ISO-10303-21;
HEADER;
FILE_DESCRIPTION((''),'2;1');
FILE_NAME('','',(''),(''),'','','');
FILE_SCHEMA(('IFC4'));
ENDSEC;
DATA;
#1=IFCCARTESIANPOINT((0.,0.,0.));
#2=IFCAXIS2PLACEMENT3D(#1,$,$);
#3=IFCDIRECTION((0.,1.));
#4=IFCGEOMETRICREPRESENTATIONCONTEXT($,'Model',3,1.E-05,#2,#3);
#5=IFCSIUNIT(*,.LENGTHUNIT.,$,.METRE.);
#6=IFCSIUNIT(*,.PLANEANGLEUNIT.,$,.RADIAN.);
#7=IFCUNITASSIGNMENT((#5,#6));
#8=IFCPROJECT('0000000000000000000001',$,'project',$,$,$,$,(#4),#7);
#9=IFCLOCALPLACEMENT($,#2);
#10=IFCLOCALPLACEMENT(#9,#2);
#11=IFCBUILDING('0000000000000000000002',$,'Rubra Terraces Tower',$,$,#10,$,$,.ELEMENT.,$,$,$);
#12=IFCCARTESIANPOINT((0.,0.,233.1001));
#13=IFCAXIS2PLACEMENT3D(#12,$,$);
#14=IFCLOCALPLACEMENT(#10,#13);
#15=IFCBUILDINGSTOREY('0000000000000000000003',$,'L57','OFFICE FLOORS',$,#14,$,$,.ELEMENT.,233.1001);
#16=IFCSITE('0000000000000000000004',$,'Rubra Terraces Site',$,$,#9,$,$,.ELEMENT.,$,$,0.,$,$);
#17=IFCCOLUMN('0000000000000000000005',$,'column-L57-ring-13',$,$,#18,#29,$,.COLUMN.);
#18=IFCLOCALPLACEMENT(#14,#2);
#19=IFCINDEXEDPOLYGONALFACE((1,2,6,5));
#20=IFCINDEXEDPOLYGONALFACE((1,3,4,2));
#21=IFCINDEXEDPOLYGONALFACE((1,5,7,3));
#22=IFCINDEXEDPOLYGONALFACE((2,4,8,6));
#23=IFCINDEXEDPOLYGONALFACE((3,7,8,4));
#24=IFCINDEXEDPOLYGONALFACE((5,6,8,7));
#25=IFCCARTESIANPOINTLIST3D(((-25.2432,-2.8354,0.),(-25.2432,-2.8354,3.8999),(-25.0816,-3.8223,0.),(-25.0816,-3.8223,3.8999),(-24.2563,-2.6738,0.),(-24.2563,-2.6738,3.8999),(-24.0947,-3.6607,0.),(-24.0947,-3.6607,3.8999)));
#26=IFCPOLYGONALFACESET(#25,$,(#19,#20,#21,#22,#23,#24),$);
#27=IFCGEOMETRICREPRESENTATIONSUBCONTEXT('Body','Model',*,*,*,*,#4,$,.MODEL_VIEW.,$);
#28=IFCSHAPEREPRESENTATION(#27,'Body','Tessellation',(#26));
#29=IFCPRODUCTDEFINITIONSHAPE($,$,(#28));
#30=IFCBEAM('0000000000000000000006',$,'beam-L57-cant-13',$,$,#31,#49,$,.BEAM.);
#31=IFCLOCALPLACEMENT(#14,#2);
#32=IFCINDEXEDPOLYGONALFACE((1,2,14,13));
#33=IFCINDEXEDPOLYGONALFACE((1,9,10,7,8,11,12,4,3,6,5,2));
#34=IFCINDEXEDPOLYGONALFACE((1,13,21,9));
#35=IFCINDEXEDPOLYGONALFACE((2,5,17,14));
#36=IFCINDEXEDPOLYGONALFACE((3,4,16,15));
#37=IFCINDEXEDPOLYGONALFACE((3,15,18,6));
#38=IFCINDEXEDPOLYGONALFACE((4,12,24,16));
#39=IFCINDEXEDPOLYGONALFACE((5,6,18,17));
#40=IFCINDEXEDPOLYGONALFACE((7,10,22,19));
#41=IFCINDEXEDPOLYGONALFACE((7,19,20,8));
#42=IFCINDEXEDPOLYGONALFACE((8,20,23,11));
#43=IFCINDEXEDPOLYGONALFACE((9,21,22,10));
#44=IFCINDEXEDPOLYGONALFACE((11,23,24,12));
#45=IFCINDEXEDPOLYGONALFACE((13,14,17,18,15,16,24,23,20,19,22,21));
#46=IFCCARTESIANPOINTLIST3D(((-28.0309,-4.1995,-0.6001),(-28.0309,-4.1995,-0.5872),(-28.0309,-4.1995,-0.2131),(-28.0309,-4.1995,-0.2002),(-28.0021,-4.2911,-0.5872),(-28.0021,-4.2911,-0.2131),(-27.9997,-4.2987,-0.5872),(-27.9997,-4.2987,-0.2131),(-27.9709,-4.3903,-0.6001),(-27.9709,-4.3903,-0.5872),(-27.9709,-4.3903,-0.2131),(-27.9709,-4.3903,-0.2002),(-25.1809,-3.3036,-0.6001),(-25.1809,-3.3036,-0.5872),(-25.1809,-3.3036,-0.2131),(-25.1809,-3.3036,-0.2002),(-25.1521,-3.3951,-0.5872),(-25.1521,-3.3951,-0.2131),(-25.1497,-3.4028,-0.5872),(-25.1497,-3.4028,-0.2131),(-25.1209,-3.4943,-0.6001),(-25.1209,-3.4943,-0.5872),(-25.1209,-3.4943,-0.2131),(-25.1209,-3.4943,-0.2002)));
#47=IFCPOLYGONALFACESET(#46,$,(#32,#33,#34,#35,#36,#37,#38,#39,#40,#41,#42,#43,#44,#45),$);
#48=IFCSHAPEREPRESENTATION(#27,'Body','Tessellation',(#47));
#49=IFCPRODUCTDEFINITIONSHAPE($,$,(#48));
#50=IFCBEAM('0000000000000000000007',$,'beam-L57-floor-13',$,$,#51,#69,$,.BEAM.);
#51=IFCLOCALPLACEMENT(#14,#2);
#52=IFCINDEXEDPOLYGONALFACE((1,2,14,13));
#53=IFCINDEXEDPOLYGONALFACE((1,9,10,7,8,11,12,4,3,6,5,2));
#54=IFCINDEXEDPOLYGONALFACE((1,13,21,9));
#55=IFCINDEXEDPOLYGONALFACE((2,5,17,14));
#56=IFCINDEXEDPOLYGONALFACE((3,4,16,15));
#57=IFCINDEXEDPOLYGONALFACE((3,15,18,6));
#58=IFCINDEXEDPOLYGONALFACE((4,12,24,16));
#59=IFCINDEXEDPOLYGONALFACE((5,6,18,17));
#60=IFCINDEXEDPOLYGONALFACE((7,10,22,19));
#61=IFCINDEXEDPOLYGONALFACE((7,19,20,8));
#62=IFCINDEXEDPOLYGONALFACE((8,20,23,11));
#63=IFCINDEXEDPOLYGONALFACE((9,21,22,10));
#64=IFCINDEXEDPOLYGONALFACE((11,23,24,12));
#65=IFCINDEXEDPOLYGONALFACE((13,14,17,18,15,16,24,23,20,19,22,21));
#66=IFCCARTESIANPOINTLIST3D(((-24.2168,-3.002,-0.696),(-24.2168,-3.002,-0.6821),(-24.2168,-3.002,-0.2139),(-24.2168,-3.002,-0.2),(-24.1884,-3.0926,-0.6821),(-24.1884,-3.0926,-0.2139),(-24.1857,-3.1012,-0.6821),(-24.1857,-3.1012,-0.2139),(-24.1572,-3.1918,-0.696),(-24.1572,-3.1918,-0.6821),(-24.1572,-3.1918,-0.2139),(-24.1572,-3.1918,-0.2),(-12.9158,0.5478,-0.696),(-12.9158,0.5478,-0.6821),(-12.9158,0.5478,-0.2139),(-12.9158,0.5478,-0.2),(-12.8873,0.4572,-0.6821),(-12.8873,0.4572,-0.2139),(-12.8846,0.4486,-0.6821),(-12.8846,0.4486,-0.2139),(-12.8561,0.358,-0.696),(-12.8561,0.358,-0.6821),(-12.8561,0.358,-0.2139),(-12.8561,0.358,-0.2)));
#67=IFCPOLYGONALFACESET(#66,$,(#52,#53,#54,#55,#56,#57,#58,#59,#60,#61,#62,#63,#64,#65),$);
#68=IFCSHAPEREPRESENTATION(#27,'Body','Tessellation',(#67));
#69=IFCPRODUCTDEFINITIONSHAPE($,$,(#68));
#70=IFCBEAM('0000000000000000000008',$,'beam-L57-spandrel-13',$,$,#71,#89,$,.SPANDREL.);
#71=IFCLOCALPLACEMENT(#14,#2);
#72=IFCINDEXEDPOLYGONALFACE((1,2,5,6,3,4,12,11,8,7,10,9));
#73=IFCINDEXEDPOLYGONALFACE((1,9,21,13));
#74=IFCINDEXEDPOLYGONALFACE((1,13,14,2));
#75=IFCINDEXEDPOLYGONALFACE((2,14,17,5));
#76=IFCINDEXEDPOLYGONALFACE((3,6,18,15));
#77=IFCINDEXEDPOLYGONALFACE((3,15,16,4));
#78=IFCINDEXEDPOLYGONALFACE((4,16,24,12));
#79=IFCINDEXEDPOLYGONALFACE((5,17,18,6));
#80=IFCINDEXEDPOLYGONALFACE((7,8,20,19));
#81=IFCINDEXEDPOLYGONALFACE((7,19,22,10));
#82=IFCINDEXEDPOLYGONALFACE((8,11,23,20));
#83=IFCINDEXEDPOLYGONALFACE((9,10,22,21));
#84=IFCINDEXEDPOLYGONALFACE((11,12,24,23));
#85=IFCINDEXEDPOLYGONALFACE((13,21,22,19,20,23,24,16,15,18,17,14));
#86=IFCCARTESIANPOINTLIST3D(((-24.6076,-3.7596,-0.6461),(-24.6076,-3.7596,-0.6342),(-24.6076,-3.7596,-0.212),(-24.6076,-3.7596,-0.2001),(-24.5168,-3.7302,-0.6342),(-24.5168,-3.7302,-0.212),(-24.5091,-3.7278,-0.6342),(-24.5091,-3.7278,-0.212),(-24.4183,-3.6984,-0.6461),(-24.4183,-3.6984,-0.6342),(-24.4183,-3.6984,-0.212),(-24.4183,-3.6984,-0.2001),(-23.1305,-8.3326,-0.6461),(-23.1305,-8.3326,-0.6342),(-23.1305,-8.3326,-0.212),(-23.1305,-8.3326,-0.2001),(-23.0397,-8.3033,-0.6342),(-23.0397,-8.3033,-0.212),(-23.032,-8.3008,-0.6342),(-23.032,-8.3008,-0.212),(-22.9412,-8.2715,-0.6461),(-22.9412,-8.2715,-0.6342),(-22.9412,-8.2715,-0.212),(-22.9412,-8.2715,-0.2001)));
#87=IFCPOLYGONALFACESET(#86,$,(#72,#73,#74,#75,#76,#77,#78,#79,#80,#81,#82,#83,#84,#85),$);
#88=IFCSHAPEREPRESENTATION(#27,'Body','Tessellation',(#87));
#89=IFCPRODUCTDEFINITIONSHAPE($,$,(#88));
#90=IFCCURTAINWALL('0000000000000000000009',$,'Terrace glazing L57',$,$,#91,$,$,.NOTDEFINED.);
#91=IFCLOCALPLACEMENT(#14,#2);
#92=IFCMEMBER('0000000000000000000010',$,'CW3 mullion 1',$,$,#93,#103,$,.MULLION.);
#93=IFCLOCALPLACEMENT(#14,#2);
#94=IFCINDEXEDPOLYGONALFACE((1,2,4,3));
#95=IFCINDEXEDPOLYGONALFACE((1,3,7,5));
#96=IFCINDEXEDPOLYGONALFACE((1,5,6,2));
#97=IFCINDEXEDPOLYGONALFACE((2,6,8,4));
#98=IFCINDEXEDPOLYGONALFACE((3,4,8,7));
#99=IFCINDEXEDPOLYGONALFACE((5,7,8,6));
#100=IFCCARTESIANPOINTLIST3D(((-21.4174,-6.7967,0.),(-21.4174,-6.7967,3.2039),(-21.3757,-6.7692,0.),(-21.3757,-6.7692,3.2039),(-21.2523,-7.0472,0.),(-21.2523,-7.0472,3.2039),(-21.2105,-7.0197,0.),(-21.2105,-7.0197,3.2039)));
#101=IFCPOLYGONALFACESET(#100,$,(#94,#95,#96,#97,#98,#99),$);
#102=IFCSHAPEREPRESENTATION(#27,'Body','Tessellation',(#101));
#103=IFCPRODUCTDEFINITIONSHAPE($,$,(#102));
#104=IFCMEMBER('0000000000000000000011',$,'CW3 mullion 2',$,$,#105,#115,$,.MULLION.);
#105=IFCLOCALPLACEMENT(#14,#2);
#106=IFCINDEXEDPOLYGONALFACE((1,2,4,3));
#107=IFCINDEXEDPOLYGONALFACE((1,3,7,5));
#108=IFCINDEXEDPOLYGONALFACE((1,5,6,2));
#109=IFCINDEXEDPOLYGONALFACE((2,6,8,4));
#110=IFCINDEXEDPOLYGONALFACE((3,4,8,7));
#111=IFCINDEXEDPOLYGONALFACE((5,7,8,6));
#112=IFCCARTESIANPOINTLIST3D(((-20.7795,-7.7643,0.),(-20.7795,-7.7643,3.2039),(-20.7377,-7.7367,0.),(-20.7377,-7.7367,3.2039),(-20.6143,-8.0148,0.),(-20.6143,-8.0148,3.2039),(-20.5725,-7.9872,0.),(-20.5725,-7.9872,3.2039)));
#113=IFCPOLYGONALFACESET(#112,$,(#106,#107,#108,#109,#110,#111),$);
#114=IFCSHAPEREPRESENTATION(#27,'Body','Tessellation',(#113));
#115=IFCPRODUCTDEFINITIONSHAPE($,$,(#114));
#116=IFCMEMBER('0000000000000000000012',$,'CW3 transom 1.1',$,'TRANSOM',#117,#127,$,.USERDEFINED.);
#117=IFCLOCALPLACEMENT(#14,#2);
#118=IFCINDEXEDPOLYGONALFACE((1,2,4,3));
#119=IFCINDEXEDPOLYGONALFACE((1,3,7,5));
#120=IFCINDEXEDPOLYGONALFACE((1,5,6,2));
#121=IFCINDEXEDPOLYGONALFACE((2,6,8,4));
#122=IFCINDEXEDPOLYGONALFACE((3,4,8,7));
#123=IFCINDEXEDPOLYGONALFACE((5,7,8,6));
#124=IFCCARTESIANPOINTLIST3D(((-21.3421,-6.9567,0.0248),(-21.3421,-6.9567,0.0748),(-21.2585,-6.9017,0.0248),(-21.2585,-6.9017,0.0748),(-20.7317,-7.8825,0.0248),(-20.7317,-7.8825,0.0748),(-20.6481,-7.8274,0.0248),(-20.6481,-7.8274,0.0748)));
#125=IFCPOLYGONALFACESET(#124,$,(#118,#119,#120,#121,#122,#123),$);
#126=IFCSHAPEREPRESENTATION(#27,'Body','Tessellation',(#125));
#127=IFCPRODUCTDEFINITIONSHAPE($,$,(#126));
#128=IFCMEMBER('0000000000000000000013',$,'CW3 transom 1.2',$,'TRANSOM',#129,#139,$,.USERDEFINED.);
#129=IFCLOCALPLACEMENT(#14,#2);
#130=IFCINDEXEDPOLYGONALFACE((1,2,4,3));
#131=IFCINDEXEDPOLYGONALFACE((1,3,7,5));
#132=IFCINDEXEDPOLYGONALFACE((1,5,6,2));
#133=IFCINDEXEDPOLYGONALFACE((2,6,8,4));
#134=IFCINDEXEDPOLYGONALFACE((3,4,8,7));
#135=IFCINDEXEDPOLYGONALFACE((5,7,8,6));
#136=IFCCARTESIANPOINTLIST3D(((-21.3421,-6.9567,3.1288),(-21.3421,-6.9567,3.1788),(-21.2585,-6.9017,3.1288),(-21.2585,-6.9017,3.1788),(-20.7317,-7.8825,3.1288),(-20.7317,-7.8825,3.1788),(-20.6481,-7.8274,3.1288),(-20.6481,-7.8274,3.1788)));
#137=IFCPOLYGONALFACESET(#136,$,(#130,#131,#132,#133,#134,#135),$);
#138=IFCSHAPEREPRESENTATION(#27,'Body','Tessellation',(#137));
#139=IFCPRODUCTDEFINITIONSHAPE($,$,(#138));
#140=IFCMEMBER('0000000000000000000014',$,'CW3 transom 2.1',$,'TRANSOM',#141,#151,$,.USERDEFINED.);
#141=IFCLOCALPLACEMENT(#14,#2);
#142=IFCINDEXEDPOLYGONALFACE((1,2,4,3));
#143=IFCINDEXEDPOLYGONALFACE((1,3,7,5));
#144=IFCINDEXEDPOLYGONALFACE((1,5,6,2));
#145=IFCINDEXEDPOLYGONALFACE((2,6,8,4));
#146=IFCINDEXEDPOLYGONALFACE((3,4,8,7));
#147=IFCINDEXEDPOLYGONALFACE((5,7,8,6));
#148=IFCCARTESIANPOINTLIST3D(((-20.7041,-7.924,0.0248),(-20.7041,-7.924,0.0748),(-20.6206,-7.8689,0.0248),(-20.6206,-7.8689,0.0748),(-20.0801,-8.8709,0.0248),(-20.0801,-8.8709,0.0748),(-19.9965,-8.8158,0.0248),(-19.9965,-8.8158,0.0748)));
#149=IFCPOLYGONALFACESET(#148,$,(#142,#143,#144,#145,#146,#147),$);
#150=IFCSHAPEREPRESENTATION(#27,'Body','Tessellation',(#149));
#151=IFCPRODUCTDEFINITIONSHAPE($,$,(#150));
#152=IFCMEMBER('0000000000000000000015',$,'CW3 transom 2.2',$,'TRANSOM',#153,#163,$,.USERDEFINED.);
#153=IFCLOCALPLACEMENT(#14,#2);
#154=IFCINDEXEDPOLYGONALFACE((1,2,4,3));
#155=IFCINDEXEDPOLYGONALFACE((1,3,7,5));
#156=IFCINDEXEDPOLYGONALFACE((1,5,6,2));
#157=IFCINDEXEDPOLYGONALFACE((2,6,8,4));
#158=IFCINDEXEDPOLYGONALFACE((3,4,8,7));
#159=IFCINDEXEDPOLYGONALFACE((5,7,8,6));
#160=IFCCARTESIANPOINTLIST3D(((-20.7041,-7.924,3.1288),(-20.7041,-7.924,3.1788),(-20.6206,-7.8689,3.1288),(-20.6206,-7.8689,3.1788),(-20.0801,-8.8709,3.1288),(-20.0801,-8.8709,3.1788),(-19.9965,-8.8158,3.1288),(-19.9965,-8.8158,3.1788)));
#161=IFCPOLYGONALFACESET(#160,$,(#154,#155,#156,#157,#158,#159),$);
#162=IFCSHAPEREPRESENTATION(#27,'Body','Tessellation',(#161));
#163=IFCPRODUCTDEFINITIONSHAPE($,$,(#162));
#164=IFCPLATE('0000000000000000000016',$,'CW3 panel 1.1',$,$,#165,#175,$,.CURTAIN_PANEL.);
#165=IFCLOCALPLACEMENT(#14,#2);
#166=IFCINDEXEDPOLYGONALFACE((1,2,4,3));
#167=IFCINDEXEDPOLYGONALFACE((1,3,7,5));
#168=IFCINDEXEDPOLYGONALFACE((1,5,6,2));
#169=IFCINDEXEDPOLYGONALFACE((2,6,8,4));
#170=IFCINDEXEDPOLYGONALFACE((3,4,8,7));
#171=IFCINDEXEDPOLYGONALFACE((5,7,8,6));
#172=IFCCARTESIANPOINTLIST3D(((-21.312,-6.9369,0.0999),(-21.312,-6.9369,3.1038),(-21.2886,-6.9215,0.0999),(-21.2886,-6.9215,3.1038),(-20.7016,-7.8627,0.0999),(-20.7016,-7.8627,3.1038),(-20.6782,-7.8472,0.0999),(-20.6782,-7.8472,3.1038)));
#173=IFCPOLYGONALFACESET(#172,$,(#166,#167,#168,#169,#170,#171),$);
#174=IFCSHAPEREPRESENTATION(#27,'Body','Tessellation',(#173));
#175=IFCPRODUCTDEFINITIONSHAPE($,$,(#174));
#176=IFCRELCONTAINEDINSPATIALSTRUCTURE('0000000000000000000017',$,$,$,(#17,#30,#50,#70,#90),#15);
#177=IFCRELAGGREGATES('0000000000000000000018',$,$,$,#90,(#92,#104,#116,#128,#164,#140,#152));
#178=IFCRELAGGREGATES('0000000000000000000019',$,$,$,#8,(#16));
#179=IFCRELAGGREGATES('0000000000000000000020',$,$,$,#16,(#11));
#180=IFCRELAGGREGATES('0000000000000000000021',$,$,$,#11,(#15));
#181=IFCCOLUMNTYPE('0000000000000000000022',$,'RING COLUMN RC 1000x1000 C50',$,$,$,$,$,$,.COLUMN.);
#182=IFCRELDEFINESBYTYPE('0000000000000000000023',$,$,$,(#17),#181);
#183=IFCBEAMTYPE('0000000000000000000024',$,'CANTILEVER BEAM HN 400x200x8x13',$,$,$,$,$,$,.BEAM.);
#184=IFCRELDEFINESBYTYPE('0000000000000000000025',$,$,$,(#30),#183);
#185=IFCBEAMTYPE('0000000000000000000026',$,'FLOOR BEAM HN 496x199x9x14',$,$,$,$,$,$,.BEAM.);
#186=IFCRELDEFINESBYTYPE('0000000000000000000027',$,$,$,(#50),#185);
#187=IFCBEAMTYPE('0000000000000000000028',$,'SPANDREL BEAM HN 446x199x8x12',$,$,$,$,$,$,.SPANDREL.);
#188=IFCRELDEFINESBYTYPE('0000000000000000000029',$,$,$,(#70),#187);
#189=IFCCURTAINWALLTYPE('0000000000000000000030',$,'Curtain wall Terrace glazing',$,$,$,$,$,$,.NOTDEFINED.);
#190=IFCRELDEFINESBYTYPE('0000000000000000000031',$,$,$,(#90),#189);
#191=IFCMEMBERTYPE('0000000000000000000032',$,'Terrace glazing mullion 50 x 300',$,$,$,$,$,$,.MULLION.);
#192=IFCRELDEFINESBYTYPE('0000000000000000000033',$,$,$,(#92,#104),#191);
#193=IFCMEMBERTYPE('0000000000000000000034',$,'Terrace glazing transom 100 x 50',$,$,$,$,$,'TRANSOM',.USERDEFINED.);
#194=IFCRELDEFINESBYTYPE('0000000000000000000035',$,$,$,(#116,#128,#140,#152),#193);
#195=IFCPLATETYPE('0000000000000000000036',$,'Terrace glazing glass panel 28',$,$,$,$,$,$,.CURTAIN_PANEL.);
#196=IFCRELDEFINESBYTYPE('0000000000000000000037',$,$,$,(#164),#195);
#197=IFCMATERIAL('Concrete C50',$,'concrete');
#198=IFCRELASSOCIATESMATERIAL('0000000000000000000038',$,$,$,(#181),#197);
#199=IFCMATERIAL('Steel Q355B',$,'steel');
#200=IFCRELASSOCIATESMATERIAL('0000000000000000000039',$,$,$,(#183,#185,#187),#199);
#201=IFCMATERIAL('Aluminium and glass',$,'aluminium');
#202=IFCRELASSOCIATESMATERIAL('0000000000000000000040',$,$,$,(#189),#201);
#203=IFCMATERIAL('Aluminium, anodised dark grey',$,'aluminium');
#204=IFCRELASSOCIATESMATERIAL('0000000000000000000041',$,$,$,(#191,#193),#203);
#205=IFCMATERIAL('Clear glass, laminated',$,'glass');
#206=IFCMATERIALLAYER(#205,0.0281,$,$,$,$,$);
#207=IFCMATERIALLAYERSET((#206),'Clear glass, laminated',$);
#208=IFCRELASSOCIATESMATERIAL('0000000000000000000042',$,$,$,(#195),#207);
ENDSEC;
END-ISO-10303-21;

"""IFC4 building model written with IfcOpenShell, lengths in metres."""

from ifc_helpers import new_model, si_unit, direction, frame, origin, origin_2d, place, context, subcontext, project, spatial, rectangle, i_section, extrude, material, layer, layer_set, material_profile, profile_set, type_object, element, aggregate, save


model = new_model("IFC4")

# Units and contexts
model_context = context("Model", 3, precision=1e-05, world=origin(), true_north=direction((0.0, 1.0)))
body_context = subcontext(model_context, "Body", "Model", "MODEL_VIEW")
ifc_project = project(units=[si_unit("LENGTHUNIT", "METRE"), si_unit("PLANEANGLEUNIT", "RADIAN")], contexts=[model_context])

# Site, building, storey
site_placement = place(None, origin())
site = spatial("IfcSite", under=ifc_project, at=site_placement, Name="Rubra Terraces Site", CompositionType="ELEMENT", RefElevation=0.0)
building_placement = place(site_placement, origin())
building = spatial("IfcBuilding", under=site, at=building_placement, Name="Rubra Terraces Tower", CompositionType="ELEMENT")
storey_placement = place(building_placement, frame((0.0, 0.0, 233.1001)))
storey = spatial("IfcBuildingStorey", under=building, at=storey_placement, Name="L57", Description="OFFICE FLOORS", CompositionType="ELEMENT", Elevation=233.1001)

# Column
ifc_material_1 = material(Name="Concrete C50", Category="concrete")
ifc_material_profile_1 = material_profile(ifc_material_1, rectangle(XDim=1.0, YDim=1.0, at=origin_2d()), Name="RC 1000x1000")
ifc_profile_set_1 = profile_set([ifc_material_profile_1], Name="Concrete C50")
column_type = type_object("IfcColumnType", Name="RING COLUMN RC 1000x1000 C50", PredefinedType="COLUMN", material=ifc_profile_set_1)
column_placement = place(storey_placement, frame((-24.6689, -3.248, 0.0), z_axis=(0.0, 0.0, 1.0), x_axis=(0.161559, -0.986863, 0.0)))
element("IfcColumn", 1, at=column_placement, inside=storey, type_object=column_type, Name="column-L57-ring-13", PredefinedType="COLUMN", context=body_context, shape_type="SweptSolid", body=[
    extrude(rectangle(XDim=1.0, YDim=1.0, at=origin_2d()), origin(), (0.0, 0.0, 1.0), 3.8999),
])

# Beams
ifc_material_2 = material(Name="Steel Q355B", Category="steel")
ifc_material_profile_2 = material_profile(ifc_material_2, i_section(OverallWidth=0.2, OverallDepth=0.3999, WebThickness=0.0081, FlangeThickness=0.0129, at=origin_2d()), Name="HN 400x200x8x13")
ifc_profile_set_2 = profile_set([ifc_material_profile_2], Name="Steel Q355B")
beam_type_1 = type_object("IfcBeamType", Name="CANTILEVER BEAM HN 400x200x8x13", PredefinedType="BEAM", material=ifc_profile_set_2)
beam_1_placement = place(storey_placement, frame((-25.1509, -3.3989, -0.4001), z_axis=(-0.95397, -0.299903, 0.0), x_axis=(0.299903, -0.95397, 0.0)))
element("IfcBeam", 2, at=beam_1_placement, inside=storey, type_object=beam_type_1, Name="beam-L57-cant-13", PredefinedType="BEAM", context=body_context, shape_type="SweptSolid", body=[
    extrude(i_section(OverallWidth=0.2, OverallDepth=0.3999, WebThickness=0.0081, FlangeThickness=0.0129, at=origin_2d()), origin(), (0.0, 0.0, 1.0), 2.9875),
])
ifc_material_profile_3 = material_profile(ifc_material_2, i_section(OverallWidth=0.199, OverallDepth=0.4961, WebThickness=0.009, FlangeThickness=0.0139, at=origin_2d()), Name="HN 496x199x9x14")
ifc_profile_set_3 = profile_set([ifc_material_profile_3], Name="Steel Q355B")
beam_type_2 = type_object("IfcBeamType", Name="FLOOR BEAM HN 496x199x9x14", PredefinedType="BEAM", material=ifc_profile_set_3)
beam_2_placement = place(storey_placement, frame((-24.187, -3.0969, -0.448), z_axis=(0.954041, 0.299677, 0.0), x_axis=(-0.299677, 0.954041, 0.0)))
element("IfcBeam", 3, at=beam_2_placement, inside=storey, type_object=beam_type_2, Name="beam-L57-floor-13", PredefinedType="BEAM", context=body_context, shape_type="SweptSolid", body=[
    extrude(i_section(OverallWidth=0.199, OverallDepth=0.4961, WebThickness=0.009, FlangeThickness=0.0139, at=origin_2d()), origin(), (0.0, 0.0, 1.0), 11.8455),
])
ifc_material_profile_4 = material_profile(ifc_material_2, i_section(OverallWidth=0.199, OverallDepth=0.446, WebThickness=0.0081, FlangeThickness=0.012, at=origin_2d()), Name="HN 446x199x8x12")
ifc_profile_set_4 = profile_set([ifc_material_profile_4], Name="Steel Q355B")
beam_type_3 = type_object("IfcBeamType", Name="SPANDREL BEAM HN 446x199x8x12", PredefinedType="SPANDREL", material=ifc_profile_set_4)
beam_3_placement = place(storey_placement, frame((-24.5129, -3.729, -0.4231), z_axis=(0.307359, -0.951594, 0.0), x_axis=(0.951594, 0.307359, 0.0)))
element("IfcBeam", 4, at=beam_3_placement, inside=storey, type_object=beam_type_3, Name="beam-L57-spandrel-13", PredefinedType="SPANDREL", context=body_context, shape_type="SweptSolid", body=[
    extrude(i_section(OverallWidth=0.199, OverallDepth=0.446, WebThickness=0.0081, FlangeThickness=0.012, at=origin_2d()), origin(), (0.0, 0.0, 1.0), 4.8057),
])

# Curtain wall, members, plate
ifc_material_3 = material(Name="Aluminium and glass", Category="aluminium")
curtain_wall_type = type_object("IfcCurtainWallType", Name="Curtain wall Terrace glazing", PredefinedType="NOTDEFINED", material=ifc_material_3)
curtain_wall_placement = place(storey_placement, origin())
curtain_wall = element("IfcCurtainWall", 5, at=curtain_wall_placement, inside=storey, type_object=curtain_wall_type, Name="Terrace glazing L57", PredefinedType="NOTDEFINED")
ifc_material_4 = material(Name="Aluminium, anodised dark grey", Category="aluminium")
ifc_material_profile_5 = material_profile(ifc_material_4, rectangle(XDim=0.05, YDim=0.3, at=origin_2d()), Name="AL 50x300")
ifc_profile_set_5 = profile_set([ifc_material_profile_5], Name="Aluminium, anodised dark grey")
member_type_1 = type_object("IfcMemberType", Name="Terrace glazing mullion 50 x 300", PredefinedType="MULLION", material=ifc_profile_set_5)
member_1_placement = place(storey_placement, frame((-21.314, -6.9082, 0.0), z_axis=(0.0, 0.0, 1.0), x_axis=(0.834855, 0.550469, 0.0)))
member_1 = element("IfcMember", 6, at=member_1_placement, type_object=member_type_1, Name="CW3 mullion 1", PredefinedType="MULLION", context=body_context, shape_type="SweptSolid", body=[
    extrude(rectangle(XDim=0.05, YDim=0.3, at=origin_2d()), origin(), (0.0, 0.0, 1.0), 3.2039),
])
member_2_placement = place(storey_placement, frame((-20.676, -7.8757, 0.0), z_axis=(0.0, 0.0, 1.0), x_axis=(0.834855, 0.550469, 0.0)))
member_2 = element("IfcMember", 7, at=member_2_placement, type_object=member_type_1, Name="CW3 mullion 2", PredefinedType="MULLION", context=body_context, shape_type="SweptSolid", body=[
    extrude(rectangle(XDim=0.05, YDim=0.3, at=origin_2d()), origin(), (0.0, 0.0, 1.0), 3.2039),
])
ifc_material_profile_6 = material_profile(ifc_material_4, rectangle(XDim=0.1001, YDim=0.05, at=origin_2d()), Name="AL 100x50")
ifc_profile_set_6 = profile_set([ifc_material_profile_6], Name="Aluminium, anodised dark grey")
member_type_2 = type_object("IfcMemberType", Name="Terrace glazing transom 100 x 50", ElementType="TRANSOM", PredefinedType="USERDEFINED", material=ifc_profile_set_6)
member_3_placement = place(storey_placement, frame((-21.3003, -6.9292, 0.0498), z_axis=(0.550425, -0.834885, 0.0), x_axis=(0.834885, 0.550425, 0.0)))
member_3 = element("IfcMember", 8, at=member_3_placement, type_object=member_type_2, Name="CW3 transom 1.1", ObjectType="TRANSOM", PredefinedType="USERDEFINED", context=body_context, shape_type="SweptSolid", body=[
    extrude(rectangle(XDim=0.1001, YDim=0.05, at=origin_2d()), origin(), (0.0, 0.0, 1.0), 1.1089),
])
member_4_placement = place(storey_placement, frame((-21.3003, -6.9292, 3.1538), z_axis=(0.550425, -0.834885, 0.0), x_axis=(0.834885, 0.550425, 0.0)))
member_4 = element("IfcMember", 9, at=member_4_placement, type_object=member_type_2, Name="CW3 transom 1.2", ObjectType="TRANSOM", PredefinedType="USERDEFINED", context=body_context, shape_type="SweptSolid", body=[
    extrude(rectangle(XDim=0.1001, YDim=0.05, at=origin_2d()), origin(), (0.0, 0.0, 1.0), 1.1089),
])
member_5_placement = place(storey_placement, frame((-20.6624, -7.8965, 0.0498), z_axis=(0.55032, -0.834954, 0.0), x_axis=(0.834954, 0.55032, 0.0)))
member_5 = element("IfcMember", 10, at=member_5_placement, type_object=member_type_2, Name="CW3 transom 2.1", ObjectType="TRANSOM", PredefinedType="USERDEFINED", context=body_context, shape_type="SweptSolid", body=[
    extrude(rectangle(XDim=0.1001, YDim=0.05, at=origin_2d()), origin(), (0.0, 0.0, 1.0), 1.134),
])
member_6_placement = place(storey_placement, frame((-20.6624, -7.8965, 3.1538), z_axis=(0.55032, -0.834954, 0.0), x_axis=(0.834954, 0.55032, 0.0)))
member_6 = element("IfcMember", 11, at=member_6_placement, type_object=member_type_2, Name="CW3 transom 2.2", ObjectType="TRANSOM", PredefinedType="USERDEFINED", context=body_context, shape_type="SweptSolid", body=[
    extrude(rectangle(XDim=0.1001, YDim=0.05, at=origin_2d()), origin(), (0.0, 0.0, 1.0), 1.134),
])
ifc_material_5 = material(Name="Clear glass, laminated", Category="glass")
ifc_layer_1 = layer(ifc_material_5, 0.0281)
ifc_layer_set_1 = layer_set([ifc_layer_1], Name="Clear glass, laminated")
plate_type = type_object("IfcPlateType", Name="Terrace glazing glass panel 28", PredefinedType="CURTAIN_PANEL", material=ifc_layer_set_1)
plate_1_placement = place(storey_placement, frame((-20.9951, -7.3921, 0.0999), z_axis=(0.0, 0.0, 1.0), x_axis=(0.550469, -0.834855, 0.0)))
plate_1 = element("IfcPlate", 12, at=plate_1_placement, type_object=plate_type, Name="CW3 panel 1.1", PredefinedType="CURTAIN_PANEL", context=body_context, shape_type="SweptSolid", body=[
    extrude(rectangle(XDim=1.1089, YDim=0.0281, at=origin_2d()), origin(), (0.0, 0.0, 1.0), 3.0039),
])
aggregate(curtain_wall, [member_1, member_2, member_3, member_4, plate_1, member_5, member_6])

save(model, "model.ifc")
